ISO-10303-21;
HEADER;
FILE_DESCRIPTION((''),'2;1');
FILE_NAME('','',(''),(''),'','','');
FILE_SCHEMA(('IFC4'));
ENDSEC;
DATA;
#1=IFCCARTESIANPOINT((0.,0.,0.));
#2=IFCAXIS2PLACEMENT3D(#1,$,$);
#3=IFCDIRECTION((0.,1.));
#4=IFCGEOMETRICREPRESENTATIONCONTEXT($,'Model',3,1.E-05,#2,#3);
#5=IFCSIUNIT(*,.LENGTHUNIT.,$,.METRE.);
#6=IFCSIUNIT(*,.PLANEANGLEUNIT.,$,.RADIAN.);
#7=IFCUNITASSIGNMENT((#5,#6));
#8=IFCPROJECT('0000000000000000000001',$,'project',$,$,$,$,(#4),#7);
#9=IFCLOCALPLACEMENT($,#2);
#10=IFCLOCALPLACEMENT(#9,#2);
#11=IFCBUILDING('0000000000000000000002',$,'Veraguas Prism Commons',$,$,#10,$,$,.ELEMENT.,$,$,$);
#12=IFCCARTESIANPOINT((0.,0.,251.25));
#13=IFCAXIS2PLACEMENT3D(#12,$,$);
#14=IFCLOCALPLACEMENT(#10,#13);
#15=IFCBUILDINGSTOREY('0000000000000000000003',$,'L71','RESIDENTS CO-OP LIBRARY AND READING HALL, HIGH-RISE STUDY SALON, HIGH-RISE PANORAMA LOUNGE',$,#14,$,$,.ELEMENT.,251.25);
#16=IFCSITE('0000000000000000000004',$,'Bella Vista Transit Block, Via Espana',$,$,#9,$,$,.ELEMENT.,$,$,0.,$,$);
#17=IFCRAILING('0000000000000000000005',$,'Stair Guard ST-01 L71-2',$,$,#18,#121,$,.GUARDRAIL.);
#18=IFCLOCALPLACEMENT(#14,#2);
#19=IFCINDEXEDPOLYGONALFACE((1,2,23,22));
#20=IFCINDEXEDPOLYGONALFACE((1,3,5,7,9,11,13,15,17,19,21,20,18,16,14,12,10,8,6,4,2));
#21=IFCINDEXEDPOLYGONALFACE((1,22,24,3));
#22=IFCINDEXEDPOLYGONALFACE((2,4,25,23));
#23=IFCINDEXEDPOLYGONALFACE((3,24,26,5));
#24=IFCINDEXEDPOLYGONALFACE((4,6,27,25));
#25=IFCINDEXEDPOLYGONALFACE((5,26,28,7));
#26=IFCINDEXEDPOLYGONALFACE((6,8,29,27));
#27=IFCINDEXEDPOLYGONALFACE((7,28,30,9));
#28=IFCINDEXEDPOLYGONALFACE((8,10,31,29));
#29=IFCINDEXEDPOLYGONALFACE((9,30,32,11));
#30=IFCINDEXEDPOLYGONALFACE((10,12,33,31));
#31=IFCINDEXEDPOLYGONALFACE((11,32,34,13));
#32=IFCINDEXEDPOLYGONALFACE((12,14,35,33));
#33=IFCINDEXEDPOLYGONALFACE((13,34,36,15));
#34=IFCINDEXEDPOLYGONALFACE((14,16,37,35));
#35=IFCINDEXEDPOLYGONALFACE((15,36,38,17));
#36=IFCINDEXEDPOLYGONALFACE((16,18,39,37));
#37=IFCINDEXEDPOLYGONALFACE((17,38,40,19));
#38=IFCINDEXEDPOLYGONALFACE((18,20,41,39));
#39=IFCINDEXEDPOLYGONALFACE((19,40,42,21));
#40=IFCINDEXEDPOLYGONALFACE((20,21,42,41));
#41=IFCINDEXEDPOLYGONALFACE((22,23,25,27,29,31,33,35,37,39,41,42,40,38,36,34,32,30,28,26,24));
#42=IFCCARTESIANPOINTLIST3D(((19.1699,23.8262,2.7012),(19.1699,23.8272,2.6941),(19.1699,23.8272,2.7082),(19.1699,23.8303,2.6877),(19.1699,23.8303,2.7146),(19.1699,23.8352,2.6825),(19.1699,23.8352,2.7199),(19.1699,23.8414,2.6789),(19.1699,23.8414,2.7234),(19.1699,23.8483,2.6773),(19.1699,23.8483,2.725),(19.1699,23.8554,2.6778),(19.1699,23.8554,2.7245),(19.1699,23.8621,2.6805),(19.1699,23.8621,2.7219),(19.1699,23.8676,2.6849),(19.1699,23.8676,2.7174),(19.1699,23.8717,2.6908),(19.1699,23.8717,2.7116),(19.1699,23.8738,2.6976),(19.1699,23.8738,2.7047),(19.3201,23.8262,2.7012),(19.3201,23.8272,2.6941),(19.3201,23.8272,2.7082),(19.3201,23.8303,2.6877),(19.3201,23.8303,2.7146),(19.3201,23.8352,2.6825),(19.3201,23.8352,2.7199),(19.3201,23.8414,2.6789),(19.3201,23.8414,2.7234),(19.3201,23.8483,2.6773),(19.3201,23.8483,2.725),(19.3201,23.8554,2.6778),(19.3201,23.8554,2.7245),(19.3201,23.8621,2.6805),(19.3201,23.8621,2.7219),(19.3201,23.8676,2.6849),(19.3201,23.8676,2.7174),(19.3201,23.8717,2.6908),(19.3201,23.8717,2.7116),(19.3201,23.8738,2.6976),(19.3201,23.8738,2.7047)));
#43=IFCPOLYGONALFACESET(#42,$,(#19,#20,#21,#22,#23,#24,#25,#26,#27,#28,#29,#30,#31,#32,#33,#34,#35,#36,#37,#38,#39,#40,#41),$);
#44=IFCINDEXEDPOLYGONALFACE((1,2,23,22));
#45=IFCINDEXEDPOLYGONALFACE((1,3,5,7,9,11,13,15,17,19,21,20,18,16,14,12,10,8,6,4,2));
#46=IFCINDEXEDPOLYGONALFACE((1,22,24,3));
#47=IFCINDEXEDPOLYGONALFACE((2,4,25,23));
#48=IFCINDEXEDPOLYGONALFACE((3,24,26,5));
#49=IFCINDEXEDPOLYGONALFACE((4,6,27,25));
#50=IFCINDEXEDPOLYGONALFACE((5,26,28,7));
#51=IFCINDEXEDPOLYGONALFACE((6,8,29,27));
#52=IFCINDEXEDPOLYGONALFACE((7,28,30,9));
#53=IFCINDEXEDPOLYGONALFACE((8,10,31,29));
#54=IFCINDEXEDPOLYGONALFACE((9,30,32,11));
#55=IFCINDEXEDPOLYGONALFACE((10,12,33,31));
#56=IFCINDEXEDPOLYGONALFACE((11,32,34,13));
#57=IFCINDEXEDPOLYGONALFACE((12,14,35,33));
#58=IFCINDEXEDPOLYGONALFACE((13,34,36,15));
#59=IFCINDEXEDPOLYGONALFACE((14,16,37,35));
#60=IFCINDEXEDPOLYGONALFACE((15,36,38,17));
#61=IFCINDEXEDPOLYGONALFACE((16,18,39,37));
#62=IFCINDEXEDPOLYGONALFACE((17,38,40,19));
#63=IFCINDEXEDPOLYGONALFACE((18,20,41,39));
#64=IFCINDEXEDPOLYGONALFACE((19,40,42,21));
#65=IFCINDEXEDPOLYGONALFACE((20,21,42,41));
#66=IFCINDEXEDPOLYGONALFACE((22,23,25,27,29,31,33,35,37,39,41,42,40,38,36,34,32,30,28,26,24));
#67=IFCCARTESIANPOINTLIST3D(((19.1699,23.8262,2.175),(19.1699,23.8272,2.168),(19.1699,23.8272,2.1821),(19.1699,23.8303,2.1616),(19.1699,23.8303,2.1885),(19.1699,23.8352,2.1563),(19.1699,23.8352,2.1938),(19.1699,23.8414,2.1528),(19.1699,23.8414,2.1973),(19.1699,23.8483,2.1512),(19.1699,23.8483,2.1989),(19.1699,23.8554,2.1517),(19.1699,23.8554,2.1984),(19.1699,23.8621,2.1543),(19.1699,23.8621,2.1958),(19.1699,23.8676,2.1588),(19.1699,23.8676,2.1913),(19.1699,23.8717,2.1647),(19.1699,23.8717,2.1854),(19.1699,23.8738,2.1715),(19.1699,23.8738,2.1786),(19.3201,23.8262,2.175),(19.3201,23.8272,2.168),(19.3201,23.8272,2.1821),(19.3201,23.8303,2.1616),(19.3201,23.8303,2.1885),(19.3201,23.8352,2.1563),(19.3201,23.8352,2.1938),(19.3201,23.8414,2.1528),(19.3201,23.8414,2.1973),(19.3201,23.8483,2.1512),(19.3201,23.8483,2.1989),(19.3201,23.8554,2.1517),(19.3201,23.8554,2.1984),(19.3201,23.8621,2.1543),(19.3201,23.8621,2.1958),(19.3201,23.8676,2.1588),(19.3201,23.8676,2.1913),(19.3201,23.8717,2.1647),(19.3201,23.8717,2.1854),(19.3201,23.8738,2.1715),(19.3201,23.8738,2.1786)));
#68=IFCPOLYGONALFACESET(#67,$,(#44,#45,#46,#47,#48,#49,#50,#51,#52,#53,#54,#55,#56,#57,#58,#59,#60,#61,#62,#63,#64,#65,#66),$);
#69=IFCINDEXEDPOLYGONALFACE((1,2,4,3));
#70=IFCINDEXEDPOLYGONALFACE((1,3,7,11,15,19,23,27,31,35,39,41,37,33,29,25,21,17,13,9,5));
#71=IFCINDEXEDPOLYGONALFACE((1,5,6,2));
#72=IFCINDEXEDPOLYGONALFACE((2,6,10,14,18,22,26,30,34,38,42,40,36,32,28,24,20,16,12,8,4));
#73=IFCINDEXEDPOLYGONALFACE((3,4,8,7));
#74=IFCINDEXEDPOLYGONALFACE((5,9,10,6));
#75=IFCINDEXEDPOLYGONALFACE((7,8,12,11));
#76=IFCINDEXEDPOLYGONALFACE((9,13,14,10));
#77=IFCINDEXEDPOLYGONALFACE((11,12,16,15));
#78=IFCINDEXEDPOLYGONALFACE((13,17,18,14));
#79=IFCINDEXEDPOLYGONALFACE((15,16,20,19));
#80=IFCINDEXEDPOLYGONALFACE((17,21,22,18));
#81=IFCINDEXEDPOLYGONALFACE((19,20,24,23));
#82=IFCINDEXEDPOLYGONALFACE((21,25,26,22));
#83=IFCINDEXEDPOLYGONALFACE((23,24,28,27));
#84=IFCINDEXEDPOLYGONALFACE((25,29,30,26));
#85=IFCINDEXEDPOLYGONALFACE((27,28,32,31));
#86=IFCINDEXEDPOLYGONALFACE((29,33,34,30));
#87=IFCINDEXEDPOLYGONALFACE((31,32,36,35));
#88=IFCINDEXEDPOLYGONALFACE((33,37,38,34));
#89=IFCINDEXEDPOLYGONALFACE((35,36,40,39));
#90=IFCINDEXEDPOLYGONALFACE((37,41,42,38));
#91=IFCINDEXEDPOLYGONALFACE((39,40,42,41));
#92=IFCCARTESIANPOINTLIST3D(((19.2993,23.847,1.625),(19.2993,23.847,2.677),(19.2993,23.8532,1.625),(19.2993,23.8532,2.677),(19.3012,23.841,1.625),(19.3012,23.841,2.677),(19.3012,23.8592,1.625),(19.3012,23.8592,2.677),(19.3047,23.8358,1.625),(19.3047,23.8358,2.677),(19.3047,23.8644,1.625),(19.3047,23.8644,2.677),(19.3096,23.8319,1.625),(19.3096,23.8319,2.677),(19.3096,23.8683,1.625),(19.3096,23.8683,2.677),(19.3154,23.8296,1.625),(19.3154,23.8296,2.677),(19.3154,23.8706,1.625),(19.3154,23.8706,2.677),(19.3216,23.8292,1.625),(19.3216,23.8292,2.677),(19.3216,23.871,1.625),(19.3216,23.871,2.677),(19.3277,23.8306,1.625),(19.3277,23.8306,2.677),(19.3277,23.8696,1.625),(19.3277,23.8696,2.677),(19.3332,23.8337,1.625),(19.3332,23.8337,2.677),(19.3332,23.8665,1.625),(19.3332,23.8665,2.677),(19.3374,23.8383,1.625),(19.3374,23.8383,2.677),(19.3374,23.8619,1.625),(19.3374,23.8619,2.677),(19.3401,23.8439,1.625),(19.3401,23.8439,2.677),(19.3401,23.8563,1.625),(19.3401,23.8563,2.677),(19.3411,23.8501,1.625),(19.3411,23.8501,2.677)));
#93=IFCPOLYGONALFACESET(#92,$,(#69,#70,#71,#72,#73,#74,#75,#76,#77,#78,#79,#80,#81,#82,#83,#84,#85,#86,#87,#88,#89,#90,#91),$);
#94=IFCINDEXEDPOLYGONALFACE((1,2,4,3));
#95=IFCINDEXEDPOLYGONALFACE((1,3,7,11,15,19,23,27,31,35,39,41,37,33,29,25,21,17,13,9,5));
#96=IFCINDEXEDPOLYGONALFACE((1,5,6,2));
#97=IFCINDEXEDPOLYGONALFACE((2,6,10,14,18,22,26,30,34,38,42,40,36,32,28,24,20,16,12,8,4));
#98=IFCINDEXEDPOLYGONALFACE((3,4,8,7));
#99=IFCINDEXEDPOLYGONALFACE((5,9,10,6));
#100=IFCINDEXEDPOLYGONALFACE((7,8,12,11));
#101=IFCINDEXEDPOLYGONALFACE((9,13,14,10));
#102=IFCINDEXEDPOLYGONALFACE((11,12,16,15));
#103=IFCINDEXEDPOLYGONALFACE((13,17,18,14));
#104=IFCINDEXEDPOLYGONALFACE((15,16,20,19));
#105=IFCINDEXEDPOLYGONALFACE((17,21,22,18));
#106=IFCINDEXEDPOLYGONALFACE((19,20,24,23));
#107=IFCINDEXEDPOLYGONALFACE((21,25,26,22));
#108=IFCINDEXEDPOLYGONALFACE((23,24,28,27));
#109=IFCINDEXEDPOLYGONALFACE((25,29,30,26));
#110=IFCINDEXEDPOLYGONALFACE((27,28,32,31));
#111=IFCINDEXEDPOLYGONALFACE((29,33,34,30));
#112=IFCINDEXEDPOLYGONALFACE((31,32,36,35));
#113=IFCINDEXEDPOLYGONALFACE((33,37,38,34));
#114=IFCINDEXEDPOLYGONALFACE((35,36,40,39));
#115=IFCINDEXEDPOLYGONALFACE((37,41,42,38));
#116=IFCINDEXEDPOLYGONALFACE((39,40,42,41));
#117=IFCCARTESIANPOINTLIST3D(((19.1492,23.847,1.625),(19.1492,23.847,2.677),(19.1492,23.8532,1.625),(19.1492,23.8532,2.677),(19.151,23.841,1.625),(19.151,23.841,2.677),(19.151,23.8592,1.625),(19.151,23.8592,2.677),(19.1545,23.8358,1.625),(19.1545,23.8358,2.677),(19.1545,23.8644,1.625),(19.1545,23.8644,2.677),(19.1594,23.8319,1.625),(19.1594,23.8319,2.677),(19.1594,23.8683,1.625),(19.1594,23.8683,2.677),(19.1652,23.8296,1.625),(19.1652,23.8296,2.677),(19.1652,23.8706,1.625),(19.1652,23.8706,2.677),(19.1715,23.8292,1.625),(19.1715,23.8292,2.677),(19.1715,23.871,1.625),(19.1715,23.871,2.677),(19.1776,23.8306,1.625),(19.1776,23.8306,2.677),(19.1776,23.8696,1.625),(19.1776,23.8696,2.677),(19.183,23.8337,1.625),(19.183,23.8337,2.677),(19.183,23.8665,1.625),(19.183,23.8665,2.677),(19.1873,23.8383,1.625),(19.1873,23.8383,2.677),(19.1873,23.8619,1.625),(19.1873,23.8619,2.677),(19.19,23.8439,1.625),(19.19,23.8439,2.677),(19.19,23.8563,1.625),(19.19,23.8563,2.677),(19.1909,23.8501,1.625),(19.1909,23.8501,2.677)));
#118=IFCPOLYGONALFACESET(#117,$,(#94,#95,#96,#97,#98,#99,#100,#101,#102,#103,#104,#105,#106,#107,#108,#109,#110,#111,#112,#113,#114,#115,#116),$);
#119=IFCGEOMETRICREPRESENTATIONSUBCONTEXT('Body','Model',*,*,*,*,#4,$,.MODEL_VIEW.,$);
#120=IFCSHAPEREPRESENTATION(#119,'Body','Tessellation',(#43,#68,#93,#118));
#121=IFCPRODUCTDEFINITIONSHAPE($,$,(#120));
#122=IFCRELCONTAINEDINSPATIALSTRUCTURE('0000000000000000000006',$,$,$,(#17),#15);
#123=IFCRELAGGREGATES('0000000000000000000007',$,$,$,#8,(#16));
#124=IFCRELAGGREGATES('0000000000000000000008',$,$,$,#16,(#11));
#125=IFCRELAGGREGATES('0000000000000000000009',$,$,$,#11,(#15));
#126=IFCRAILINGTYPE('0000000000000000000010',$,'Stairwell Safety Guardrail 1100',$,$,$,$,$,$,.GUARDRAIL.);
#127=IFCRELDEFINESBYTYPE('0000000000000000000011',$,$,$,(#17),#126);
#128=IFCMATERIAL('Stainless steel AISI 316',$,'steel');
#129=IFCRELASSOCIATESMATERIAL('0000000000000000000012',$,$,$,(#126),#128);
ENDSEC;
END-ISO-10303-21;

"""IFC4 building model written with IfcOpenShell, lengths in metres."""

from ifc_helpers import new_model, si_unit, direction, frame, origin, origin_2d, place, context, subcontext, project, spatial, circle, extrude, material, type_object, element, save


model = new_model("IFC4")

# Units and contexts
model_context = context("Model", 3, precision=1e-05, world=origin(), true_north=direction((0.0, 1.0)))
body_context = subcontext(model_context, "Body", "Model", "MODEL_VIEW")
ifc_project = project(units=[si_unit("LENGTHUNIT", "METRE"), si_unit("PLANEANGLEUNIT", "RADIAN")], contexts=[model_context])

# Site, building, storey
site_placement = place(None, origin())
site = spatial("IfcSite", under=ifc_project, at=site_placement, Name="Bella Vista Transit Block, Via Espana", CompositionType="ELEMENT", RefElevation=0.0)
building_placement = place(site_placement, origin())
building = spatial("IfcBuilding", under=site, at=building_placement, Name="Veraguas Prism Commons", CompositionType="ELEMENT")
storey_placement = place(building_placement, frame((0.0, 0.0, 251.25)))
storey = spatial("IfcBuildingStorey", under=building, at=storey_placement, Name="L71", Description="RESIDENTS CO-OP LIBRARY AND READING HALL, HIGH-RISE STUDY SALON, HIGH-RISE PANORAMA LOUNGE", CompositionType="ELEMENT", Elevation=251.25)

# Shared definitions
ifc_material_1 = material(Name="Stainless steel AISI 316", Category="steel")

# Railing
railing_type_1 = type_object("IfcRailingType", Name="Stairwell Safety Guardrail 1100", PredefinedType="GUARDRAIL", material=ifc_material_1)
railing_1_placement = place(storey_placement, frame((19.3201, 23.8501, 1.625)))
element("IfcRailing", 1, at=railing_1_placement, inside=storey, type_object=railing_type_1, Name="Stair Guard ST-01 L71-2", PredefinedType="GUARDRAIL", context=body_context, shape_type="SweptSolid", body=[
    extrude(circle(Radius=0.0239, at=origin_2d()), frame((0.0, 0.0, 1.0762), z_axis=(-1.0, 0.0, 0.0), x_axis=(0.0, -1.0, 0.0)), (0.0, 0.0, 1.0), 0.1501),
    extrude(circle(Radius=0.0239, at=origin_2d()), frame((0.0, 0.0, 0.55), z_axis=(-1.0, 0.0, 0.0), x_axis=(0.0, -1.0, 0.0)), (0.0, 0.0, 1.0), 0.1501),
    extrude(circle(Radius=0.021, at=origin_2d()), origin(), (0.0, 0.0, 1.0), 1.052),
    extrude(circle(Radius=0.021, at=origin_2d()), frame((-0.1501, 0.0, 0.0)), (0.0, 0.0, 1.0), 1.052),
])

save(model, "model.ifc")
